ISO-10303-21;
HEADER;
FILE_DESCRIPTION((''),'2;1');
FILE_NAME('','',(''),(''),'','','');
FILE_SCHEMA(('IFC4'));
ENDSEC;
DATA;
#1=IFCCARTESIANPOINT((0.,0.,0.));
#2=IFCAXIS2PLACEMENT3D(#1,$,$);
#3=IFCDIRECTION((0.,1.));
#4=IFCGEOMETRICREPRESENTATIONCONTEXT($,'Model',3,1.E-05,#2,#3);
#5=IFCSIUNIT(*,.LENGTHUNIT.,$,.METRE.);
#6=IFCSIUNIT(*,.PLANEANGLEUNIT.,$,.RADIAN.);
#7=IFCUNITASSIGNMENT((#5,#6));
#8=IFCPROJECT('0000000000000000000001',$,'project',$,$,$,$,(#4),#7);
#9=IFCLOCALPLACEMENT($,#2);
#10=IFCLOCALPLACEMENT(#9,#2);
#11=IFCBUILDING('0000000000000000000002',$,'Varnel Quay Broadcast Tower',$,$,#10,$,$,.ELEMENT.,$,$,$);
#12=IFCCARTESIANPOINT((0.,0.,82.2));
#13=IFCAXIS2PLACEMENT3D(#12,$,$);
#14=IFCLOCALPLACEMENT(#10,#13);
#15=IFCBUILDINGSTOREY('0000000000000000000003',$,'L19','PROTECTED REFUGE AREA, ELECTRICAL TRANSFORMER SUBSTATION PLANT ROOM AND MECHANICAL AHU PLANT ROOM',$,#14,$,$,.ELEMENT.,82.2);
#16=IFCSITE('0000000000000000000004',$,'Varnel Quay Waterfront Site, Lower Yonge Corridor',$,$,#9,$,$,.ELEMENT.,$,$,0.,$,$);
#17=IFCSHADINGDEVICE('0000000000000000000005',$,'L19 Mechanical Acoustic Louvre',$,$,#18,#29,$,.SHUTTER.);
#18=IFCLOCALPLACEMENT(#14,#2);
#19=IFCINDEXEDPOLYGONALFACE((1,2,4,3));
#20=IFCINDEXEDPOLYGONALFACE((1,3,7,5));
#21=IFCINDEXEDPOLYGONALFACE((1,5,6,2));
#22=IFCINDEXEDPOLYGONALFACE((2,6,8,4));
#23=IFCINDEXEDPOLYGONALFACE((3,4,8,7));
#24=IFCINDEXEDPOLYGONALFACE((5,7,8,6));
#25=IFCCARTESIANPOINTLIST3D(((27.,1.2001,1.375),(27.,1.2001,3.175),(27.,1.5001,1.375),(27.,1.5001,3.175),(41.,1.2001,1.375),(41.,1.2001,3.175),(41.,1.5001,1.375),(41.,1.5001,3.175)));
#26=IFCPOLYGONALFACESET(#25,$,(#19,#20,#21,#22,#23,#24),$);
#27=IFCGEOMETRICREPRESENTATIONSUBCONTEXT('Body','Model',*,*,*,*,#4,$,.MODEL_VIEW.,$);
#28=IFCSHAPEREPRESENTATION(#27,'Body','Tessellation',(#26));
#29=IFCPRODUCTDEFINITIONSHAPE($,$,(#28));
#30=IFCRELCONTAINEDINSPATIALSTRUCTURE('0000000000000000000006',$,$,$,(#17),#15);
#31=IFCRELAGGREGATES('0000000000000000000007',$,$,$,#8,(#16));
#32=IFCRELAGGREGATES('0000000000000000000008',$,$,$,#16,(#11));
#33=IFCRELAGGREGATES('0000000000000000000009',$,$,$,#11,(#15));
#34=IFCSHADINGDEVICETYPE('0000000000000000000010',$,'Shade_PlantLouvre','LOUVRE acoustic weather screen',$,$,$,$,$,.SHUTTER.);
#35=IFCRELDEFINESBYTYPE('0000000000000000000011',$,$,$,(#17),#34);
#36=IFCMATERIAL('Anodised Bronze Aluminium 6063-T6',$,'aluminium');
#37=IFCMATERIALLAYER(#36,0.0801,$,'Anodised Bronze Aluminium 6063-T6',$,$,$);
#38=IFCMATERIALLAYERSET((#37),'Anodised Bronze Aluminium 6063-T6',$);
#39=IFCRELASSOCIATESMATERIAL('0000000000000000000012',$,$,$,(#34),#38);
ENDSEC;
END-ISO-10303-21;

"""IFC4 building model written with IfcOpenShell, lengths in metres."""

from ifc_helpers import new_model, si_unit, direction, frame, origin, origin_2d, place, context, subcontext, project, spatial, rectangle, extrude, source, transform, mapped, material, layer, layer_set, type_object, type_shapes, element, save


model = new_model("IFC4")

# Units and contexts
model_context = context("Model", 3, precision=1e-05, world=origin(), true_north=direction((0.0, 1.0)))
body_context = subcontext(model_context, "Body", "Model", "MODEL_VIEW")
ifc_project = project(units=[si_unit("LENGTHUNIT", "METRE"), si_unit("PLANEANGLEUNIT", "RADIAN")], contexts=[model_context])

# Site, building, storey
site_placement = place(None, origin())
site = spatial("IfcSite", under=ifc_project, at=site_placement, Name="Varnel Quay Waterfront Site, Lower Yonge Corridor", CompositionType="ELEMENT", RefElevation=0.0)
building_placement = place(site_placement, origin())
building = spatial("IfcBuilding", under=site, at=building_placement, Name="Varnel Quay Broadcast Tower", CompositionType="ELEMENT")
storey_placement = place(building_placement, frame((0.0, 0.0, 82.2)))
storey = spatial("IfcBuildingStorey", under=building, at=storey_placement, Name="L19", Description="PROTECTED REFUGE AREA, ELECTRICAL TRANSFORMER SUBSTATION PLANT ROOM AND MECHANICAL AHU PLANT ROOM", CompositionType="ELEMENT", Elevation=82.2)

# Shared definitions
ifc_material_1 = material(Name="Anodised Bronze Aluminium 6063-T6", Category="aluminium")

# Shading device
ifc_layer_1 = layer(ifc_material_1, 0.0801, Name="Anodised Bronze Aluminium 6063-T6")
ifc_layer_set_1 = layer_set([ifc_layer_1], Name="Anodised Bronze Aluminium 6063-T6")
shading_device_type = type_object("IfcShadingDeviceType", Name="Shade_PlantLouvre", Description="LOUVRE acoustic weather screen", PredefinedType="SHUTTER", material=ifc_layer_set_1)
shared_shape_1 = source(origin(), body_context, "Body", "SweptSolid", [
    extrude(rectangle(XDim=14.0, YDim=0.3, at=origin_2d()), origin(), (0.0, 0.0, 1.0), 1.8),
])
type_shapes(shading_device_type, [shared_shape_1])
shading_device_placement = place(storey_placement, frame((34.0, 1.3501, 1.375), z_axis=(0.0, 0.0, 1.0), x_axis=(1.0, 0.0, 0.0)))
element("IfcShadingDevice", 1, at=shading_device_placement, inside=storey, type_object=shading_device_type, Name="L19 Mechanical Acoustic Louvre", PredefinedType="SHUTTER", context=body_context, shape_type="MappedRepresentation", body=[
    mapped(shared_shape_1, transform((0.0, 0.0, 0.0), x_axis=(1.0, 0.0, 0.0), y_axis=(0.0, 1.0, 0.0), z_axis=(0.0, 0.0, 1.0), scale=1.0)),
])

save(model, "model.ifc")
